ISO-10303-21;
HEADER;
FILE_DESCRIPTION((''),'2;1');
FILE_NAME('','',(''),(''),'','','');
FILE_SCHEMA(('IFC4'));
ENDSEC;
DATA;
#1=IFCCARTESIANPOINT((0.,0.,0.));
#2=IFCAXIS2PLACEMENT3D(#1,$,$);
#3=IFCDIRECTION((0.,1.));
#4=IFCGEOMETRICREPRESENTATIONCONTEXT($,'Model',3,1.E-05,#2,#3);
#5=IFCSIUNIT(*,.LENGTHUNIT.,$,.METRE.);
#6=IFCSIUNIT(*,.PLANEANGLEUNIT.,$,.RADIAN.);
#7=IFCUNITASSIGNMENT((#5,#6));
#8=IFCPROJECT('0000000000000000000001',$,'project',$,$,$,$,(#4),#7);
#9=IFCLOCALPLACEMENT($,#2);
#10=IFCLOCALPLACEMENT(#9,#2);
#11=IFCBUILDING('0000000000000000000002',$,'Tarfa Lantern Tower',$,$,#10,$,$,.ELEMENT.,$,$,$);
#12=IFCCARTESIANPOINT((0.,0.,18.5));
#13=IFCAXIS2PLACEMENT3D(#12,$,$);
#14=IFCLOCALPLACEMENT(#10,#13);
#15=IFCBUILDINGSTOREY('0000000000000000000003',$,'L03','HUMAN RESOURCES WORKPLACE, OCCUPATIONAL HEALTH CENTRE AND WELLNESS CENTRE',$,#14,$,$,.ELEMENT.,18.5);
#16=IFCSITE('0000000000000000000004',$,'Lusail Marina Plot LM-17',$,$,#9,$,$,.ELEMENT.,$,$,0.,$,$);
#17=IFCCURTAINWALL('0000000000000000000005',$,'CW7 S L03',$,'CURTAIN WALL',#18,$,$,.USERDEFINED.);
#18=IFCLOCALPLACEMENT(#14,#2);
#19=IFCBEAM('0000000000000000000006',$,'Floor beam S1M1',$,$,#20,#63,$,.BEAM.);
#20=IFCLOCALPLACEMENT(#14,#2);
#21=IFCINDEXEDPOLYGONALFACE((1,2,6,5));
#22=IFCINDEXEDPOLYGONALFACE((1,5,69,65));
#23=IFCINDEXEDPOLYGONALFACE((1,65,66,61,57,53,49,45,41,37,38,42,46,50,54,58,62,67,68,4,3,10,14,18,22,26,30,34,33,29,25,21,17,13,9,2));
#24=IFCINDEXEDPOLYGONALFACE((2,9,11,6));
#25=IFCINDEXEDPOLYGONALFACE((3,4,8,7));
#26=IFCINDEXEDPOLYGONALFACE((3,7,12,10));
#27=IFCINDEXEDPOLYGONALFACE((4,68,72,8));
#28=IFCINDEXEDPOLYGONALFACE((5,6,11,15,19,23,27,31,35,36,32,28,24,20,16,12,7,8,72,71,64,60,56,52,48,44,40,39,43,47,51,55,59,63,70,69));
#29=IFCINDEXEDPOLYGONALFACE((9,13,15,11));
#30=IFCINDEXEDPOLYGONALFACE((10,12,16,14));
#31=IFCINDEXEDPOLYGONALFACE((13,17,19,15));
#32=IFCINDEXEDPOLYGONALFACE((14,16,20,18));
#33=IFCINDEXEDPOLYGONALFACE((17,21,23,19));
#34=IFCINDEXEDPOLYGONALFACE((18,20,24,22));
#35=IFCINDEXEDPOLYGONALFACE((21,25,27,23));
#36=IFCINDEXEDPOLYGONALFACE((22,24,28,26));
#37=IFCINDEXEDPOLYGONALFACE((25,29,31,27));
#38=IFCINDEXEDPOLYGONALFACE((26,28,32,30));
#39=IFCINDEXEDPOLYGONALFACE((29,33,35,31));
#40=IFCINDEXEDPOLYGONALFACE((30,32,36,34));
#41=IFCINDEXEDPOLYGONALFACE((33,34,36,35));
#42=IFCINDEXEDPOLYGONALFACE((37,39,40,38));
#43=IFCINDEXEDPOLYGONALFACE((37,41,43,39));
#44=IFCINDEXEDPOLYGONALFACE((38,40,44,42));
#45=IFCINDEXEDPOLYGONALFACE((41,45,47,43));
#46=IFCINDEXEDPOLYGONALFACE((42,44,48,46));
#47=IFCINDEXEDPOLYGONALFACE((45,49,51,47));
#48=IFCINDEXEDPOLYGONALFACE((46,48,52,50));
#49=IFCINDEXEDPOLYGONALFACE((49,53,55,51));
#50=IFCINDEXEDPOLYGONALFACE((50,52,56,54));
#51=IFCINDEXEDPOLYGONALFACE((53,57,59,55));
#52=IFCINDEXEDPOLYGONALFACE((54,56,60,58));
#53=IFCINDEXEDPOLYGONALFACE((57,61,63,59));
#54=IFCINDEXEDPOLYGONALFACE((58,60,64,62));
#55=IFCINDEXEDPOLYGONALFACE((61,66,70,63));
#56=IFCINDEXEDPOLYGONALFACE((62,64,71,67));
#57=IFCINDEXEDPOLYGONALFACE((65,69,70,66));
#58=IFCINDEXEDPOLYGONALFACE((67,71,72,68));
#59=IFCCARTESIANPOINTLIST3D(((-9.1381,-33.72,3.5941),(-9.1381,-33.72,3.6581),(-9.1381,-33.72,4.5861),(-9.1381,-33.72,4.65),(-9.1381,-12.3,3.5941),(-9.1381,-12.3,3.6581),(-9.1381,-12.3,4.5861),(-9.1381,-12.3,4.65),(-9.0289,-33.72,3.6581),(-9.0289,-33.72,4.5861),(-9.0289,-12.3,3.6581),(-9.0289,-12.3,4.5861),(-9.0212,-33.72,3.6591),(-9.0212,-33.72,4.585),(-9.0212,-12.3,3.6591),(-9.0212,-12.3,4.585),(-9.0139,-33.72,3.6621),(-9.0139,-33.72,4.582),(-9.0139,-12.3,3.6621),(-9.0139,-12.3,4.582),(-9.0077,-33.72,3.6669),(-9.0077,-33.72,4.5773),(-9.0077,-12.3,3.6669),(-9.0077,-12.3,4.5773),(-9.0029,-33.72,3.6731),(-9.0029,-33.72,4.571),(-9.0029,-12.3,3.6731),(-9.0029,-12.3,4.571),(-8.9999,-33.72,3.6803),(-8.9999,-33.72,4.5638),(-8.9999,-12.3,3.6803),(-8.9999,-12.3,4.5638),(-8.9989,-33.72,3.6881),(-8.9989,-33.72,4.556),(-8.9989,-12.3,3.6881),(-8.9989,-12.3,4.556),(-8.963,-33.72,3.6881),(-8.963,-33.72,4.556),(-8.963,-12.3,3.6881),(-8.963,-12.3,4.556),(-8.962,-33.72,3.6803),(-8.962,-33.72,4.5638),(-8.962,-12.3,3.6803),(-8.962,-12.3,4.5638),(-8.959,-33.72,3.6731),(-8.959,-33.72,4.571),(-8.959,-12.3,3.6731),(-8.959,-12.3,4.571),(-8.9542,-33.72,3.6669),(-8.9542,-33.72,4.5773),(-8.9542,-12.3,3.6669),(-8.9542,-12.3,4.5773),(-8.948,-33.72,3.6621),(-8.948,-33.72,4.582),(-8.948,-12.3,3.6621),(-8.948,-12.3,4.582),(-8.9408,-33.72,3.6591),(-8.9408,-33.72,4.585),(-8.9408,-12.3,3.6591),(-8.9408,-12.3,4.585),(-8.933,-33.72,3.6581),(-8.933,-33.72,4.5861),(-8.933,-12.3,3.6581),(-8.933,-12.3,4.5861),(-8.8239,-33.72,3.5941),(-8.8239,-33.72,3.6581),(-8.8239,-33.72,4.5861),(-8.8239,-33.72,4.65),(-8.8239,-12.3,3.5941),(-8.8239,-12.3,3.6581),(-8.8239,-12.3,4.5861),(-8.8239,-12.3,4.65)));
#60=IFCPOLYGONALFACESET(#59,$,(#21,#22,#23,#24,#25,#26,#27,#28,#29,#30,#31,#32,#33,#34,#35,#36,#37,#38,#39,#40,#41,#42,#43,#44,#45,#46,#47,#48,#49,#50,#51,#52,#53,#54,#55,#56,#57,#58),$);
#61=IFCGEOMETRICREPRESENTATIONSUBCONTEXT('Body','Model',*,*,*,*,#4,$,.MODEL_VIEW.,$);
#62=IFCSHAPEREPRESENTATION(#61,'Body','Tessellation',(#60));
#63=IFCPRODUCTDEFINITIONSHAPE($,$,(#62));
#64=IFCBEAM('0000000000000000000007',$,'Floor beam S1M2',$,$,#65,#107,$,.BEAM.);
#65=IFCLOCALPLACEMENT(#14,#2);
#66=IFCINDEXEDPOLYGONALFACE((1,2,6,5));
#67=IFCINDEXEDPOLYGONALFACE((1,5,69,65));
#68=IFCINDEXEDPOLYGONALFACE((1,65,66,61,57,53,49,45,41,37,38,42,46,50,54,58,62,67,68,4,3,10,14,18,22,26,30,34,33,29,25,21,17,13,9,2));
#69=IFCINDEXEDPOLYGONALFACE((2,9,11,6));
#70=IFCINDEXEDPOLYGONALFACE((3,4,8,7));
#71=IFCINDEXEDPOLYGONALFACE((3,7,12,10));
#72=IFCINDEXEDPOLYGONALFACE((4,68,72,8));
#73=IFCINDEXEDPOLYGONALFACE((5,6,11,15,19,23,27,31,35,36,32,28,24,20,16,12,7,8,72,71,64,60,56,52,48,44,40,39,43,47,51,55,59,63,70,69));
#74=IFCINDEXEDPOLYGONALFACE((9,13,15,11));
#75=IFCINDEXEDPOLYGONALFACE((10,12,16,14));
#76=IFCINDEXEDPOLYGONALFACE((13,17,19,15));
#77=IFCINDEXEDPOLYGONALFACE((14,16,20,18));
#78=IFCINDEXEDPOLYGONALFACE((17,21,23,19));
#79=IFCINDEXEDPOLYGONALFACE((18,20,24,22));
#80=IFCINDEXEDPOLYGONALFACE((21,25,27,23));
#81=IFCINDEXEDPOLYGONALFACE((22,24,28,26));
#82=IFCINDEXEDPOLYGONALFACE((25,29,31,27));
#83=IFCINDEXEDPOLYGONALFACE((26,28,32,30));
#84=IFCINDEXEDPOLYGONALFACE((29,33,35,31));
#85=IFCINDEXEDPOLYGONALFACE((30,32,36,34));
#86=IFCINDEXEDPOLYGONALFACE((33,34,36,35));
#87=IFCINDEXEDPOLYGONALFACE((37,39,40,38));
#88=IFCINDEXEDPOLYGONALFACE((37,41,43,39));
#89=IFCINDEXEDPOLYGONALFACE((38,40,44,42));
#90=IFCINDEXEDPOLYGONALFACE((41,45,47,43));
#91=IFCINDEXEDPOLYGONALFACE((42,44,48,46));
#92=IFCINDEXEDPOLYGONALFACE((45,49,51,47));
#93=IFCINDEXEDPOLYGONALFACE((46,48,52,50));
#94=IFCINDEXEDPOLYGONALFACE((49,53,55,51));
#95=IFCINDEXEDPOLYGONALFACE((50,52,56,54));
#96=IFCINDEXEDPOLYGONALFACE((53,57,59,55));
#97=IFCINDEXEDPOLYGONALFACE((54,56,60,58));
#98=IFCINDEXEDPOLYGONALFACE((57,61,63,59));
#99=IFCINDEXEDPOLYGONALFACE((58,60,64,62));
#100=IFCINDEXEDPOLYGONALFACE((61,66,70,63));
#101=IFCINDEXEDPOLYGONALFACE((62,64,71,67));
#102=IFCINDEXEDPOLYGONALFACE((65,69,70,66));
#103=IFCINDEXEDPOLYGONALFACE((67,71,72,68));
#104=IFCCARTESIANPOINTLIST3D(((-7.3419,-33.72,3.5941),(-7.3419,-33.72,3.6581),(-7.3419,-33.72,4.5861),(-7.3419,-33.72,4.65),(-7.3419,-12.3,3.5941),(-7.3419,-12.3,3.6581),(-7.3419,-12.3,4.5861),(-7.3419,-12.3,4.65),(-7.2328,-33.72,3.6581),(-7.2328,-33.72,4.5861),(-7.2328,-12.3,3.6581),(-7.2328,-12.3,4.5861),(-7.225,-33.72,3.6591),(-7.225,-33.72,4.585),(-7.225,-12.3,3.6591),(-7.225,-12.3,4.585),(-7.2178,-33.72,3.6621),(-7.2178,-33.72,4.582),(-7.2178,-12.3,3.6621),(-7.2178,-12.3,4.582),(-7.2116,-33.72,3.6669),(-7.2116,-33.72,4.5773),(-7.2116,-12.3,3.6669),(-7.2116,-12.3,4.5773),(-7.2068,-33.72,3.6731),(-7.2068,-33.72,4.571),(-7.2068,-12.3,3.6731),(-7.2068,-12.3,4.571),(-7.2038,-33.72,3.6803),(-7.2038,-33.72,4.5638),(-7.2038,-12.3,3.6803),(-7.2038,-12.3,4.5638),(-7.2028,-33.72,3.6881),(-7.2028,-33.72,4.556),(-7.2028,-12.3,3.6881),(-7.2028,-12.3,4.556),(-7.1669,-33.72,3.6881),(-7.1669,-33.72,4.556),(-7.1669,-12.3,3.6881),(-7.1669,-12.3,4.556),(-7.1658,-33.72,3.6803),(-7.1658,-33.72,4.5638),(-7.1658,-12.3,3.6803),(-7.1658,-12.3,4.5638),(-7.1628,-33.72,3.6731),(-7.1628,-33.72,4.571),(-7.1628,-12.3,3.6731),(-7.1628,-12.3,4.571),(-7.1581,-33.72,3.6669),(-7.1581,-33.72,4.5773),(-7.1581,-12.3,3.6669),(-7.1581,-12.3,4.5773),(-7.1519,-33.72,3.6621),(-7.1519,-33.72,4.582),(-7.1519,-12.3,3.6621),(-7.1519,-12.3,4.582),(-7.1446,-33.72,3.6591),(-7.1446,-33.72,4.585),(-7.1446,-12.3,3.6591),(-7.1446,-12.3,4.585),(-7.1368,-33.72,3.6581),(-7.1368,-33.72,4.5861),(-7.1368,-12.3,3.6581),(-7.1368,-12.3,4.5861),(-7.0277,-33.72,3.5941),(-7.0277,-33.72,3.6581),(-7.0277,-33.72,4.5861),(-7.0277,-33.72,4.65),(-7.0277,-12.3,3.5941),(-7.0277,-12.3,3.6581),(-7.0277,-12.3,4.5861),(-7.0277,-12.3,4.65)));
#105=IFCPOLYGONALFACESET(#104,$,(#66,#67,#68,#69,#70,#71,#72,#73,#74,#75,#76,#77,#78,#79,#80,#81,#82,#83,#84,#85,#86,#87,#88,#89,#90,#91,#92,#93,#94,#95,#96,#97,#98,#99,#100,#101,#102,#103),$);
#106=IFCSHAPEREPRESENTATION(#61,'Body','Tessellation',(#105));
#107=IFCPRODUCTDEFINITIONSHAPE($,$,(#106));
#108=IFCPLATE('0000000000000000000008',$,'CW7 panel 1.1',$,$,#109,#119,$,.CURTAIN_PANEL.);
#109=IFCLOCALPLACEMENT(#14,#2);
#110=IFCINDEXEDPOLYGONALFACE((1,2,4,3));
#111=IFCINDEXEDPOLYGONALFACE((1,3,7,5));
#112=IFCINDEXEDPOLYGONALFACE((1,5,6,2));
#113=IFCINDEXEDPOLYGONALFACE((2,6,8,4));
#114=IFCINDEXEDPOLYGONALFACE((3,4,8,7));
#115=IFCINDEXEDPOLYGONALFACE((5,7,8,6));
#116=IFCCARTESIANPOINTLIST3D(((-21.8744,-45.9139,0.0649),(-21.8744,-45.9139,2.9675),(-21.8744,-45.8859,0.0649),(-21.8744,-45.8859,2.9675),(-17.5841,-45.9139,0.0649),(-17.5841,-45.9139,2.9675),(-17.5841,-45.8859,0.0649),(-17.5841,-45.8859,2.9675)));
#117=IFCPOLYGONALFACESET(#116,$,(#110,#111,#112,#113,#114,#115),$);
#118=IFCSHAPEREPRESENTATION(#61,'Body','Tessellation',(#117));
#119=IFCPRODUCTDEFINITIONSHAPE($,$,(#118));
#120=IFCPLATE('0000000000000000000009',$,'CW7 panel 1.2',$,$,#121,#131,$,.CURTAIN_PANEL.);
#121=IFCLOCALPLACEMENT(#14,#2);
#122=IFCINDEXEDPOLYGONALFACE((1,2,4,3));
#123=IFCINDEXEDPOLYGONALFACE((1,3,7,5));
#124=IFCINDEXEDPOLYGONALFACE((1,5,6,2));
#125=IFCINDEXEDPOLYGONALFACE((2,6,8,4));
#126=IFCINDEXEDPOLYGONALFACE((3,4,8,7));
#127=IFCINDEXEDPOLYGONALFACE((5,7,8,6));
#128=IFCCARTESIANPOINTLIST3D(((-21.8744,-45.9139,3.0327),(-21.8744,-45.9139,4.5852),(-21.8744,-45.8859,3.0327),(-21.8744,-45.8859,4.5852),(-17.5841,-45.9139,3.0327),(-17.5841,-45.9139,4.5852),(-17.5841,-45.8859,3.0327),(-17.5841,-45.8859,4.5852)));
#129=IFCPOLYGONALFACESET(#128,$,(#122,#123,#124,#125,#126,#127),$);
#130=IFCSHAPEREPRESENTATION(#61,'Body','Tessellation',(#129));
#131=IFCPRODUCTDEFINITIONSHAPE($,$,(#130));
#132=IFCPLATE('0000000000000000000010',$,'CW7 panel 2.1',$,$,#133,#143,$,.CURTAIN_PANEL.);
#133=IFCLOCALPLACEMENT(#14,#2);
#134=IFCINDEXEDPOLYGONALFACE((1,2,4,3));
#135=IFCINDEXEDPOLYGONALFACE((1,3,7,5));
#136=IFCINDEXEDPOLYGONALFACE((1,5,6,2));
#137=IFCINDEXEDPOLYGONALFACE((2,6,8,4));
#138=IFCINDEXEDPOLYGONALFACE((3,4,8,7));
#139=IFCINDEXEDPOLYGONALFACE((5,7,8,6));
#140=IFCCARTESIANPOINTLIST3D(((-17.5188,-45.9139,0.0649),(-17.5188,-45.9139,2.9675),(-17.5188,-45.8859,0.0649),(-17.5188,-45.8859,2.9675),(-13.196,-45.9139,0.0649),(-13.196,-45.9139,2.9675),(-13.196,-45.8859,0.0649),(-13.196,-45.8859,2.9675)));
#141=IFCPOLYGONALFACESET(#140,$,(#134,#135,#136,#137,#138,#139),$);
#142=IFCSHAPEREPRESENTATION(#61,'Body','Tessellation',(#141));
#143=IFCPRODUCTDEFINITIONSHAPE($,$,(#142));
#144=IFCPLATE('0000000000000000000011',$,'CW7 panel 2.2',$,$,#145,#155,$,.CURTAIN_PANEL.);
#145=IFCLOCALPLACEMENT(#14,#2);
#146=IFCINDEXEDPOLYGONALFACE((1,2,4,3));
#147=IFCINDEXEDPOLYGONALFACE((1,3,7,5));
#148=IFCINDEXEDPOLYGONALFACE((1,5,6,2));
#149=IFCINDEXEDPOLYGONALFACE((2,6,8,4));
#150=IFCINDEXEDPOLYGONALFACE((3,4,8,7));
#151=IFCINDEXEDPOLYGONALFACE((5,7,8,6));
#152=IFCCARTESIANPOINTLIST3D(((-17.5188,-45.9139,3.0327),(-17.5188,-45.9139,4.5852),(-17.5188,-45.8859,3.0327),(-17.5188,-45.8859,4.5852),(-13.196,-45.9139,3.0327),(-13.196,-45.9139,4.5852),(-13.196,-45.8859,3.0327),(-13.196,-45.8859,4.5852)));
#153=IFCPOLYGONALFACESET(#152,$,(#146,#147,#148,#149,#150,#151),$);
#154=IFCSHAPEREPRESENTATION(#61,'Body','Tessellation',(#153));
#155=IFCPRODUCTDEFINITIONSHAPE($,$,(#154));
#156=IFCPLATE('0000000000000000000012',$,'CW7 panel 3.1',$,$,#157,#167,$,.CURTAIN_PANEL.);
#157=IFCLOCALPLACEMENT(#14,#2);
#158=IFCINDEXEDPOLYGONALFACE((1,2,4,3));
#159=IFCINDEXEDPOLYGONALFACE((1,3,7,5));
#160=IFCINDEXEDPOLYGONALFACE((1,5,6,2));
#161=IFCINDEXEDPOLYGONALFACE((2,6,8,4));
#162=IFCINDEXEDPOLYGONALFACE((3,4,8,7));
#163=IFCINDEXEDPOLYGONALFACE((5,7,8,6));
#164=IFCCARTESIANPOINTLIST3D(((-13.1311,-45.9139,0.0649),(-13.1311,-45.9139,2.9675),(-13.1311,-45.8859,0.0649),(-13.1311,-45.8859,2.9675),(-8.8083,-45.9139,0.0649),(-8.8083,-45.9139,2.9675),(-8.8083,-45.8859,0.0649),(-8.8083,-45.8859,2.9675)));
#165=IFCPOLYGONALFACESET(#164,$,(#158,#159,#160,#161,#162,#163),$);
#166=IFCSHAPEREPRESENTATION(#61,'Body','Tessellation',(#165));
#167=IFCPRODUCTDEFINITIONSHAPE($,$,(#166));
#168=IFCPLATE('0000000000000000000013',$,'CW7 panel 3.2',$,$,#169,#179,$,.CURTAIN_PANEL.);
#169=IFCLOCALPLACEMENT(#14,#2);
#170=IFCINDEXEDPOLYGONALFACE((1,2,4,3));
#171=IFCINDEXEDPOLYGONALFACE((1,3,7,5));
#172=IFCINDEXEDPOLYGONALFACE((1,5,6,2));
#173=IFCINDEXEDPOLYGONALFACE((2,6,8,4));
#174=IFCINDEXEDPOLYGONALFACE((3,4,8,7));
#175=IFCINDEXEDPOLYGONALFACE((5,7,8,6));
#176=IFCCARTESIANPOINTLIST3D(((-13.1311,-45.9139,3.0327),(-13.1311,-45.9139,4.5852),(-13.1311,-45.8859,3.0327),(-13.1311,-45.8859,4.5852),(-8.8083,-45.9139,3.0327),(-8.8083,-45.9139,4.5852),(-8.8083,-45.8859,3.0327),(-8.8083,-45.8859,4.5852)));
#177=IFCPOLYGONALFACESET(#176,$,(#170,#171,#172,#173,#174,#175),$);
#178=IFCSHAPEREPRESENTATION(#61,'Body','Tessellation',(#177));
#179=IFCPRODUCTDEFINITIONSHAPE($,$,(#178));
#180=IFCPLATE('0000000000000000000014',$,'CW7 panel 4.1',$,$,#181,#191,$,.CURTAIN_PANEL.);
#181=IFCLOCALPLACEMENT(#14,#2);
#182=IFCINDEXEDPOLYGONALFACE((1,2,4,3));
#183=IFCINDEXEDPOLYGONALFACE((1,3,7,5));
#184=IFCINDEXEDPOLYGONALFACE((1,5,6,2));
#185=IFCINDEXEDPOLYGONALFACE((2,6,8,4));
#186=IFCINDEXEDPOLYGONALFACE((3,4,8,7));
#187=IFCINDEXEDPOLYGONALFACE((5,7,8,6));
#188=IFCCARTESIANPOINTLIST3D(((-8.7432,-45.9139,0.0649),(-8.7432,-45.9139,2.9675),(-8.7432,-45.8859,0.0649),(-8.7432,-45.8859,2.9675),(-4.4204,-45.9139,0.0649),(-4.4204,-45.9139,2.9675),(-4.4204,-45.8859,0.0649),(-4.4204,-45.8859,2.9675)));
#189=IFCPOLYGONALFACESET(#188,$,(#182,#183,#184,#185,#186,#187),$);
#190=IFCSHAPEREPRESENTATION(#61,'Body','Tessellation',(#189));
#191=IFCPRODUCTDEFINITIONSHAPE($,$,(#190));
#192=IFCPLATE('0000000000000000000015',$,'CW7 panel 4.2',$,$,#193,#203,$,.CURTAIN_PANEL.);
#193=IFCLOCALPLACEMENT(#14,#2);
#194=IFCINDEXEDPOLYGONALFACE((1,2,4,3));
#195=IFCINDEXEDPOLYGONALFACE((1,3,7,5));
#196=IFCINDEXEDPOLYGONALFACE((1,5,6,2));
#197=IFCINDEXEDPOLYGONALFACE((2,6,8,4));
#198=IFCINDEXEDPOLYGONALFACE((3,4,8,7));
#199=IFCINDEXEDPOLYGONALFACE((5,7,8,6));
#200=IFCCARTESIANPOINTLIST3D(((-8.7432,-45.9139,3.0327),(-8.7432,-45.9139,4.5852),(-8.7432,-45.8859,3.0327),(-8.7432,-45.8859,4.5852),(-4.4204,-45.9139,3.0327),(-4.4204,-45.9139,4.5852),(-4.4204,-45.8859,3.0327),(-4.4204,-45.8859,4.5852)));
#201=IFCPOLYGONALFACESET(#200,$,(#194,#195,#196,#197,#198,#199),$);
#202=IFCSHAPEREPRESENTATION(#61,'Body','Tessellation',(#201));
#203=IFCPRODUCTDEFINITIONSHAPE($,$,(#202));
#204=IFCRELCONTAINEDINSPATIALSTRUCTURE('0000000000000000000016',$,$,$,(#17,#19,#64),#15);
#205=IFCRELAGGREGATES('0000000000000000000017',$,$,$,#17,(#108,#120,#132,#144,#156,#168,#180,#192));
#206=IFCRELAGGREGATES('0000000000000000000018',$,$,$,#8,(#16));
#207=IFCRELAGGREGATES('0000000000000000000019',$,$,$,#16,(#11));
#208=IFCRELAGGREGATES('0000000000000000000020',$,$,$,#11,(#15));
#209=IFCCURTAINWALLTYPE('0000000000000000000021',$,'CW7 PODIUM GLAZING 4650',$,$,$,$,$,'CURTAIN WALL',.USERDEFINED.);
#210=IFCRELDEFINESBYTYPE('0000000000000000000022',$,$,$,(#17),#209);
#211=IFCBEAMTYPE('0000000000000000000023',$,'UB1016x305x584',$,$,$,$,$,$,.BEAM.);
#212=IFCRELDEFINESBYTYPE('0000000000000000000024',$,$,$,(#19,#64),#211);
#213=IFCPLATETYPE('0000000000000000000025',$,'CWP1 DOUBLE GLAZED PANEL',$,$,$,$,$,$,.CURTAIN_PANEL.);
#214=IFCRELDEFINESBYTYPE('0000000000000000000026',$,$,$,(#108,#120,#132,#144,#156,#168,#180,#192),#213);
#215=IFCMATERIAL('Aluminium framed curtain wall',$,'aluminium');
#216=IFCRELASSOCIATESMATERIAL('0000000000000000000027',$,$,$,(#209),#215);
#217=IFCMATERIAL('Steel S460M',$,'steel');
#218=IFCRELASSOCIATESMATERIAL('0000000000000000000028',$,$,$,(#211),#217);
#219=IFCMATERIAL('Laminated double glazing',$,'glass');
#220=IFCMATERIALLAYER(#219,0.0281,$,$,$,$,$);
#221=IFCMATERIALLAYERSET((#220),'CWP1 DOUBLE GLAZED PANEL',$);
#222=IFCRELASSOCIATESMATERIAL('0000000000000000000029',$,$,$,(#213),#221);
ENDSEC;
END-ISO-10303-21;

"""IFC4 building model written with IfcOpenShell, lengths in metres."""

from ifc_helpers import new_model, si_unit, direction, frame, origin, origin_2d, place, context, subcontext, project, spatial, rectangle, i_section, extrude, material, layer, layer_set, material_profile, profile_set, type_object, element, aggregate, save


model = new_model("IFC4")

# Units and contexts
model_context = context("Model", 3, precision=1e-05, world=origin(), true_north=direction((0.0, 1.0)))
body_context = subcontext(model_context, "Body", "Model", "MODEL_VIEW")
ifc_project = project(units=[si_unit("LENGTHUNIT", "METRE"), si_unit("PLANEANGLEUNIT", "RADIAN")], contexts=[model_context])

# Site, building, storey
site_placement = place(None, origin())
site = spatial("IfcSite", under=ifc_project, at=site_placement, Name="Lusail Marina Plot LM-17", CompositionType="ELEMENT", RefElevation=0.0)
building_placement = place(site_placement, origin())
building = spatial("IfcBuilding", under=site, at=building_placement, Name="Tarfa Lantern Tower", CompositionType="ELEMENT")
storey_placement = place(building_placement, frame((0.0, 0.0, 18.5)))
storey = spatial("IfcBuildingStorey", under=building, at=storey_placement, Name="L03", Description="HUMAN RESOURCES WORKPLACE, OCCUPATIONAL HEALTH CENTRE AND WELLNESS CENTRE", CompositionType="ELEMENT", Elevation=18.5)

# Curtain wall
ifc_material_1 = material(Name="Aluminium framed curtain wall", Category="aluminium")
curtain_wall_type = type_object("IfcCurtainWallType", Name="CW7 PODIUM GLAZING 4650", ElementType="CURTAIN WALL", PredefinedType="USERDEFINED", material=ifc_material_1)
curtain_wall_placement = place(storey_placement, origin())
curtain_wall = element("IfcCurtainWall", 1, at=curtain_wall_placement, inside=storey, type_object=curtain_wall_type, Name="CW7 S L03", ObjectType="CURTAIN WALL", PredefinedType="USERDEFINED")

# Beams
ifc_material_2 = material(Name="Steel S460M", Category="steel")
ifc_material_profile_1 = material_profile(ifc_material_2, i_section(OverallWidth=0.3142, OverallDepth=1.0559, WebThickness=0.0359, FlangeThickness=0.064, FilletRadius=0.03, at=origin_2d()), Name="UB1016x305x584")
ifc_profile_set_1 = profile_set([ifc_material_profile_1], Name="Steel S460M")
beam_type_1 = type_object("IfcBeamType", Name="UB1016x305x584", PredefinedType="BEAM", material=ifc_profile_set_1)
for number, where, z_axis, x_axis, name in (
    (2, (-8.981, -33.72, 4.1221), (0.0, 1.0, 0.0), (-1.0, 0.0, 0.0), "Floor beam S1M1"),
    (3, (-7.1848, -33.72, 4.1221), (0.0, 1.0, 0.0), (-1.0, 0.0, 0.0), "Floor beam S1M2"),
):
    element("IfcBeam", number, at=place(storey_placement, frame(where, z_axis=z_axis, x_axis=x_axis)), inside=storey, type_object=beam_type_1, Name=name, PredefinedType="BEAM", context=body_context, shape_type="SweptSolid", body=[
        extrude(i_section(OverallWidth=0.3142, OverallDepth=1.0559, WebThickness=0.0359, FlangeThickness=0.064, FilletRadius=0.03, at=origin_2d()), origin(), (0.0, 0.0, 1.0), 21.4199),
    ])

# Plates
ifc_material_3 = material(Name="Laminated double glazing", Category="glass")
ifc_layer_1 = layer(ifc_material_3, 0.0281)
ifc_layer_set_1 = layer_set([ifc_layer_1], Name="CWP1 DOUBLE GLAZED PANEL")
plate_type = type_object("IfcPlateType", Name="CWP1 DOUBLE GLAZED PANEL", PredefinedType="CURTAIN_PANEL", material=ifc_layer_set_1)
plate_1_placement = place(storey_placement, frame((-19.7292, -45.8999, 0.0649), z_axis=(0.0, 0.0, 1.0), x_axis=(1.0, 0.0, 0.0)))
plate_1 = element("IfcPlate", 4, at=plate_1_placement, type_object=plate_type, Name="CW7 panel 1.1", PredefinedType="CURTAIN_PANEL", context=body_context, shape_type="SweptSolid", body=[
    extrude(rectangle(XDim=4.2903, YDim=0.0281, at=origin_2d()), origin(), (0.0, 0.0, 1.0), 2.9026),
])
plate_2_placement = place(storey_placement, frame((-19.7292, -45.8999, 3.0327), z_axis=(0.0, 0.0, 1.0), x_axis=(1.0, 0.0, 0.0)))
plate_2 = element("IfcPlate", 5, at=plate_2_placement, type_object=plate_type, Name="CW7 panel 1.2", PredefinedType="CURTAIN_PANEL", context=body_context, shape_type="SweptSolid", body=[
    extrude(rectangle(XDim=4.2903, YDim=0.0281, at=origin_2d()), origin(), (0.0, 0.0, 1.0), 1.5525),
])
plate_3_placement = place(storey_placement, frame((-15.3574, -45.8999, 0.0649), z_axis=(0.0, 0.0, 1.0), x_axis=(1.0, 0.0, 0.0)))
plate_3 = element("IfcPlate", 6, at=plate_3_placement, type_object=plate_type, Name="CW7 panel 2.1", PredefinedType="CURTAIN_PANEL", context=body_context, shape_type="SweptSolid", body=[
    extrude(rectangle(XDim=4.3228, YDim=0.0281, at=origin_2d()), origin(), (0.0, 0.0, 1.0), 2.9026),
])
plate_4_placement = place(storey_placement, frame((-15.3574, -45.8999, 3.0327), z_axis=(0.0, 0.0, 1.0), x_axis=(1.0, 0.0, 0.0)))
plate_4 = element("IfcPlate", 7, at=plate_4_placement, type_object=plate_type, Name="CW7 panel 2.2", PredefinedType="CURTAIN_PANEL", context=body_context, shape_type="SweptSolid", body=[
    extrude(rectangle(XDim=4.3228, YDim=0.0281, at=origin_2d()), origin(), (0.0, 0.0, 1.0), 1.5525),
])
plate_5_placement = place(storey_placement, frame((-10.9697, -45.8999, 0.0649), z_axis=(0.0, 0.0, 1.0), x_axis=(1.0, 0.0, 0.0)))
plate_5 = element("IfcPlate", 8, at=plate_5_placement, type_object=plate_type, Name="CW7 panel 3.1", PredefinedType="CURTAIN_PANEL", context=body_context, shape_type="SweptSolid", body=[
    extrude(rectangle(XDim=4.3228, YDim=0.0281, at=origin_2d()), origin(), (0.0, 0.0, 1.0), 2.9026),
])
plate_6_placement = place(storey_placement, frame((-10.9697, -45.8999, 3.0327), z_axis=(0.0, 0.0, 1.0), x_axis=(1.0, 0.0, 0.0)))
plate_6 = element("IfcPlate", 9, at=plate_6_placement, type_object=plate_type, Name="CW7 panel 3.2", PredefinedType="CURTAIN_PANEL", context=body_context, shape_type="SweptSolid", body=[
    extrude(rectangle(XDim=4.3228, YDim=0.0281, at=origin_2d()), origin(), (0.0, 0.0, 1.0), 1.5525),
])
plate_7_placement = place(storey_placement, frame((-6.5818, -45.8999, 0.0649), z_axis=(0.0, 0.0, 1.0), x_axis=(1.0, 0.0, 0.0)))
plate_7 = element("IfcPlate", 10, at=plate_7_placement, type_object=plate_type, Name="CW7 panel 4.1", PredefinedType="CURTAIN_PANEL", context=body_context, shape_type="SweptSolid", body=[
    extrude(rectangle(XDim=4.3228, YDim=0.0281, at=origin_2d()), origin(), (0.0, 0.0, 1.0), 2.9026),
])
plate_8_placement = place(storey_placement, frame((-6.5818, -45.8999, 3.0327), z_axis=(0.0, 0.0, 1.0), x_axis=(1.0, 0.0, 0.0)))
plate_8 = element("IfcPlate", 11, at=plate_8_placement, type_object=plate_type, Name="CW7 panel 4.2", PredefinedType="CURTAIN_PANEL", context=body_context, shape_type="SweptSolid", body=[
    extrude(rectangle(XDim=4.3228, YDim=0.0281, at=origin_2d()), origin(), (0.0, 0.0, 1.0), 1.5525),
])
aggregate(curtain_wall, [plate_1, plate_2, plate_3, plate_4, plate_5, plate_6, plate_7, plate_8])

save(model, "model.ifc")
